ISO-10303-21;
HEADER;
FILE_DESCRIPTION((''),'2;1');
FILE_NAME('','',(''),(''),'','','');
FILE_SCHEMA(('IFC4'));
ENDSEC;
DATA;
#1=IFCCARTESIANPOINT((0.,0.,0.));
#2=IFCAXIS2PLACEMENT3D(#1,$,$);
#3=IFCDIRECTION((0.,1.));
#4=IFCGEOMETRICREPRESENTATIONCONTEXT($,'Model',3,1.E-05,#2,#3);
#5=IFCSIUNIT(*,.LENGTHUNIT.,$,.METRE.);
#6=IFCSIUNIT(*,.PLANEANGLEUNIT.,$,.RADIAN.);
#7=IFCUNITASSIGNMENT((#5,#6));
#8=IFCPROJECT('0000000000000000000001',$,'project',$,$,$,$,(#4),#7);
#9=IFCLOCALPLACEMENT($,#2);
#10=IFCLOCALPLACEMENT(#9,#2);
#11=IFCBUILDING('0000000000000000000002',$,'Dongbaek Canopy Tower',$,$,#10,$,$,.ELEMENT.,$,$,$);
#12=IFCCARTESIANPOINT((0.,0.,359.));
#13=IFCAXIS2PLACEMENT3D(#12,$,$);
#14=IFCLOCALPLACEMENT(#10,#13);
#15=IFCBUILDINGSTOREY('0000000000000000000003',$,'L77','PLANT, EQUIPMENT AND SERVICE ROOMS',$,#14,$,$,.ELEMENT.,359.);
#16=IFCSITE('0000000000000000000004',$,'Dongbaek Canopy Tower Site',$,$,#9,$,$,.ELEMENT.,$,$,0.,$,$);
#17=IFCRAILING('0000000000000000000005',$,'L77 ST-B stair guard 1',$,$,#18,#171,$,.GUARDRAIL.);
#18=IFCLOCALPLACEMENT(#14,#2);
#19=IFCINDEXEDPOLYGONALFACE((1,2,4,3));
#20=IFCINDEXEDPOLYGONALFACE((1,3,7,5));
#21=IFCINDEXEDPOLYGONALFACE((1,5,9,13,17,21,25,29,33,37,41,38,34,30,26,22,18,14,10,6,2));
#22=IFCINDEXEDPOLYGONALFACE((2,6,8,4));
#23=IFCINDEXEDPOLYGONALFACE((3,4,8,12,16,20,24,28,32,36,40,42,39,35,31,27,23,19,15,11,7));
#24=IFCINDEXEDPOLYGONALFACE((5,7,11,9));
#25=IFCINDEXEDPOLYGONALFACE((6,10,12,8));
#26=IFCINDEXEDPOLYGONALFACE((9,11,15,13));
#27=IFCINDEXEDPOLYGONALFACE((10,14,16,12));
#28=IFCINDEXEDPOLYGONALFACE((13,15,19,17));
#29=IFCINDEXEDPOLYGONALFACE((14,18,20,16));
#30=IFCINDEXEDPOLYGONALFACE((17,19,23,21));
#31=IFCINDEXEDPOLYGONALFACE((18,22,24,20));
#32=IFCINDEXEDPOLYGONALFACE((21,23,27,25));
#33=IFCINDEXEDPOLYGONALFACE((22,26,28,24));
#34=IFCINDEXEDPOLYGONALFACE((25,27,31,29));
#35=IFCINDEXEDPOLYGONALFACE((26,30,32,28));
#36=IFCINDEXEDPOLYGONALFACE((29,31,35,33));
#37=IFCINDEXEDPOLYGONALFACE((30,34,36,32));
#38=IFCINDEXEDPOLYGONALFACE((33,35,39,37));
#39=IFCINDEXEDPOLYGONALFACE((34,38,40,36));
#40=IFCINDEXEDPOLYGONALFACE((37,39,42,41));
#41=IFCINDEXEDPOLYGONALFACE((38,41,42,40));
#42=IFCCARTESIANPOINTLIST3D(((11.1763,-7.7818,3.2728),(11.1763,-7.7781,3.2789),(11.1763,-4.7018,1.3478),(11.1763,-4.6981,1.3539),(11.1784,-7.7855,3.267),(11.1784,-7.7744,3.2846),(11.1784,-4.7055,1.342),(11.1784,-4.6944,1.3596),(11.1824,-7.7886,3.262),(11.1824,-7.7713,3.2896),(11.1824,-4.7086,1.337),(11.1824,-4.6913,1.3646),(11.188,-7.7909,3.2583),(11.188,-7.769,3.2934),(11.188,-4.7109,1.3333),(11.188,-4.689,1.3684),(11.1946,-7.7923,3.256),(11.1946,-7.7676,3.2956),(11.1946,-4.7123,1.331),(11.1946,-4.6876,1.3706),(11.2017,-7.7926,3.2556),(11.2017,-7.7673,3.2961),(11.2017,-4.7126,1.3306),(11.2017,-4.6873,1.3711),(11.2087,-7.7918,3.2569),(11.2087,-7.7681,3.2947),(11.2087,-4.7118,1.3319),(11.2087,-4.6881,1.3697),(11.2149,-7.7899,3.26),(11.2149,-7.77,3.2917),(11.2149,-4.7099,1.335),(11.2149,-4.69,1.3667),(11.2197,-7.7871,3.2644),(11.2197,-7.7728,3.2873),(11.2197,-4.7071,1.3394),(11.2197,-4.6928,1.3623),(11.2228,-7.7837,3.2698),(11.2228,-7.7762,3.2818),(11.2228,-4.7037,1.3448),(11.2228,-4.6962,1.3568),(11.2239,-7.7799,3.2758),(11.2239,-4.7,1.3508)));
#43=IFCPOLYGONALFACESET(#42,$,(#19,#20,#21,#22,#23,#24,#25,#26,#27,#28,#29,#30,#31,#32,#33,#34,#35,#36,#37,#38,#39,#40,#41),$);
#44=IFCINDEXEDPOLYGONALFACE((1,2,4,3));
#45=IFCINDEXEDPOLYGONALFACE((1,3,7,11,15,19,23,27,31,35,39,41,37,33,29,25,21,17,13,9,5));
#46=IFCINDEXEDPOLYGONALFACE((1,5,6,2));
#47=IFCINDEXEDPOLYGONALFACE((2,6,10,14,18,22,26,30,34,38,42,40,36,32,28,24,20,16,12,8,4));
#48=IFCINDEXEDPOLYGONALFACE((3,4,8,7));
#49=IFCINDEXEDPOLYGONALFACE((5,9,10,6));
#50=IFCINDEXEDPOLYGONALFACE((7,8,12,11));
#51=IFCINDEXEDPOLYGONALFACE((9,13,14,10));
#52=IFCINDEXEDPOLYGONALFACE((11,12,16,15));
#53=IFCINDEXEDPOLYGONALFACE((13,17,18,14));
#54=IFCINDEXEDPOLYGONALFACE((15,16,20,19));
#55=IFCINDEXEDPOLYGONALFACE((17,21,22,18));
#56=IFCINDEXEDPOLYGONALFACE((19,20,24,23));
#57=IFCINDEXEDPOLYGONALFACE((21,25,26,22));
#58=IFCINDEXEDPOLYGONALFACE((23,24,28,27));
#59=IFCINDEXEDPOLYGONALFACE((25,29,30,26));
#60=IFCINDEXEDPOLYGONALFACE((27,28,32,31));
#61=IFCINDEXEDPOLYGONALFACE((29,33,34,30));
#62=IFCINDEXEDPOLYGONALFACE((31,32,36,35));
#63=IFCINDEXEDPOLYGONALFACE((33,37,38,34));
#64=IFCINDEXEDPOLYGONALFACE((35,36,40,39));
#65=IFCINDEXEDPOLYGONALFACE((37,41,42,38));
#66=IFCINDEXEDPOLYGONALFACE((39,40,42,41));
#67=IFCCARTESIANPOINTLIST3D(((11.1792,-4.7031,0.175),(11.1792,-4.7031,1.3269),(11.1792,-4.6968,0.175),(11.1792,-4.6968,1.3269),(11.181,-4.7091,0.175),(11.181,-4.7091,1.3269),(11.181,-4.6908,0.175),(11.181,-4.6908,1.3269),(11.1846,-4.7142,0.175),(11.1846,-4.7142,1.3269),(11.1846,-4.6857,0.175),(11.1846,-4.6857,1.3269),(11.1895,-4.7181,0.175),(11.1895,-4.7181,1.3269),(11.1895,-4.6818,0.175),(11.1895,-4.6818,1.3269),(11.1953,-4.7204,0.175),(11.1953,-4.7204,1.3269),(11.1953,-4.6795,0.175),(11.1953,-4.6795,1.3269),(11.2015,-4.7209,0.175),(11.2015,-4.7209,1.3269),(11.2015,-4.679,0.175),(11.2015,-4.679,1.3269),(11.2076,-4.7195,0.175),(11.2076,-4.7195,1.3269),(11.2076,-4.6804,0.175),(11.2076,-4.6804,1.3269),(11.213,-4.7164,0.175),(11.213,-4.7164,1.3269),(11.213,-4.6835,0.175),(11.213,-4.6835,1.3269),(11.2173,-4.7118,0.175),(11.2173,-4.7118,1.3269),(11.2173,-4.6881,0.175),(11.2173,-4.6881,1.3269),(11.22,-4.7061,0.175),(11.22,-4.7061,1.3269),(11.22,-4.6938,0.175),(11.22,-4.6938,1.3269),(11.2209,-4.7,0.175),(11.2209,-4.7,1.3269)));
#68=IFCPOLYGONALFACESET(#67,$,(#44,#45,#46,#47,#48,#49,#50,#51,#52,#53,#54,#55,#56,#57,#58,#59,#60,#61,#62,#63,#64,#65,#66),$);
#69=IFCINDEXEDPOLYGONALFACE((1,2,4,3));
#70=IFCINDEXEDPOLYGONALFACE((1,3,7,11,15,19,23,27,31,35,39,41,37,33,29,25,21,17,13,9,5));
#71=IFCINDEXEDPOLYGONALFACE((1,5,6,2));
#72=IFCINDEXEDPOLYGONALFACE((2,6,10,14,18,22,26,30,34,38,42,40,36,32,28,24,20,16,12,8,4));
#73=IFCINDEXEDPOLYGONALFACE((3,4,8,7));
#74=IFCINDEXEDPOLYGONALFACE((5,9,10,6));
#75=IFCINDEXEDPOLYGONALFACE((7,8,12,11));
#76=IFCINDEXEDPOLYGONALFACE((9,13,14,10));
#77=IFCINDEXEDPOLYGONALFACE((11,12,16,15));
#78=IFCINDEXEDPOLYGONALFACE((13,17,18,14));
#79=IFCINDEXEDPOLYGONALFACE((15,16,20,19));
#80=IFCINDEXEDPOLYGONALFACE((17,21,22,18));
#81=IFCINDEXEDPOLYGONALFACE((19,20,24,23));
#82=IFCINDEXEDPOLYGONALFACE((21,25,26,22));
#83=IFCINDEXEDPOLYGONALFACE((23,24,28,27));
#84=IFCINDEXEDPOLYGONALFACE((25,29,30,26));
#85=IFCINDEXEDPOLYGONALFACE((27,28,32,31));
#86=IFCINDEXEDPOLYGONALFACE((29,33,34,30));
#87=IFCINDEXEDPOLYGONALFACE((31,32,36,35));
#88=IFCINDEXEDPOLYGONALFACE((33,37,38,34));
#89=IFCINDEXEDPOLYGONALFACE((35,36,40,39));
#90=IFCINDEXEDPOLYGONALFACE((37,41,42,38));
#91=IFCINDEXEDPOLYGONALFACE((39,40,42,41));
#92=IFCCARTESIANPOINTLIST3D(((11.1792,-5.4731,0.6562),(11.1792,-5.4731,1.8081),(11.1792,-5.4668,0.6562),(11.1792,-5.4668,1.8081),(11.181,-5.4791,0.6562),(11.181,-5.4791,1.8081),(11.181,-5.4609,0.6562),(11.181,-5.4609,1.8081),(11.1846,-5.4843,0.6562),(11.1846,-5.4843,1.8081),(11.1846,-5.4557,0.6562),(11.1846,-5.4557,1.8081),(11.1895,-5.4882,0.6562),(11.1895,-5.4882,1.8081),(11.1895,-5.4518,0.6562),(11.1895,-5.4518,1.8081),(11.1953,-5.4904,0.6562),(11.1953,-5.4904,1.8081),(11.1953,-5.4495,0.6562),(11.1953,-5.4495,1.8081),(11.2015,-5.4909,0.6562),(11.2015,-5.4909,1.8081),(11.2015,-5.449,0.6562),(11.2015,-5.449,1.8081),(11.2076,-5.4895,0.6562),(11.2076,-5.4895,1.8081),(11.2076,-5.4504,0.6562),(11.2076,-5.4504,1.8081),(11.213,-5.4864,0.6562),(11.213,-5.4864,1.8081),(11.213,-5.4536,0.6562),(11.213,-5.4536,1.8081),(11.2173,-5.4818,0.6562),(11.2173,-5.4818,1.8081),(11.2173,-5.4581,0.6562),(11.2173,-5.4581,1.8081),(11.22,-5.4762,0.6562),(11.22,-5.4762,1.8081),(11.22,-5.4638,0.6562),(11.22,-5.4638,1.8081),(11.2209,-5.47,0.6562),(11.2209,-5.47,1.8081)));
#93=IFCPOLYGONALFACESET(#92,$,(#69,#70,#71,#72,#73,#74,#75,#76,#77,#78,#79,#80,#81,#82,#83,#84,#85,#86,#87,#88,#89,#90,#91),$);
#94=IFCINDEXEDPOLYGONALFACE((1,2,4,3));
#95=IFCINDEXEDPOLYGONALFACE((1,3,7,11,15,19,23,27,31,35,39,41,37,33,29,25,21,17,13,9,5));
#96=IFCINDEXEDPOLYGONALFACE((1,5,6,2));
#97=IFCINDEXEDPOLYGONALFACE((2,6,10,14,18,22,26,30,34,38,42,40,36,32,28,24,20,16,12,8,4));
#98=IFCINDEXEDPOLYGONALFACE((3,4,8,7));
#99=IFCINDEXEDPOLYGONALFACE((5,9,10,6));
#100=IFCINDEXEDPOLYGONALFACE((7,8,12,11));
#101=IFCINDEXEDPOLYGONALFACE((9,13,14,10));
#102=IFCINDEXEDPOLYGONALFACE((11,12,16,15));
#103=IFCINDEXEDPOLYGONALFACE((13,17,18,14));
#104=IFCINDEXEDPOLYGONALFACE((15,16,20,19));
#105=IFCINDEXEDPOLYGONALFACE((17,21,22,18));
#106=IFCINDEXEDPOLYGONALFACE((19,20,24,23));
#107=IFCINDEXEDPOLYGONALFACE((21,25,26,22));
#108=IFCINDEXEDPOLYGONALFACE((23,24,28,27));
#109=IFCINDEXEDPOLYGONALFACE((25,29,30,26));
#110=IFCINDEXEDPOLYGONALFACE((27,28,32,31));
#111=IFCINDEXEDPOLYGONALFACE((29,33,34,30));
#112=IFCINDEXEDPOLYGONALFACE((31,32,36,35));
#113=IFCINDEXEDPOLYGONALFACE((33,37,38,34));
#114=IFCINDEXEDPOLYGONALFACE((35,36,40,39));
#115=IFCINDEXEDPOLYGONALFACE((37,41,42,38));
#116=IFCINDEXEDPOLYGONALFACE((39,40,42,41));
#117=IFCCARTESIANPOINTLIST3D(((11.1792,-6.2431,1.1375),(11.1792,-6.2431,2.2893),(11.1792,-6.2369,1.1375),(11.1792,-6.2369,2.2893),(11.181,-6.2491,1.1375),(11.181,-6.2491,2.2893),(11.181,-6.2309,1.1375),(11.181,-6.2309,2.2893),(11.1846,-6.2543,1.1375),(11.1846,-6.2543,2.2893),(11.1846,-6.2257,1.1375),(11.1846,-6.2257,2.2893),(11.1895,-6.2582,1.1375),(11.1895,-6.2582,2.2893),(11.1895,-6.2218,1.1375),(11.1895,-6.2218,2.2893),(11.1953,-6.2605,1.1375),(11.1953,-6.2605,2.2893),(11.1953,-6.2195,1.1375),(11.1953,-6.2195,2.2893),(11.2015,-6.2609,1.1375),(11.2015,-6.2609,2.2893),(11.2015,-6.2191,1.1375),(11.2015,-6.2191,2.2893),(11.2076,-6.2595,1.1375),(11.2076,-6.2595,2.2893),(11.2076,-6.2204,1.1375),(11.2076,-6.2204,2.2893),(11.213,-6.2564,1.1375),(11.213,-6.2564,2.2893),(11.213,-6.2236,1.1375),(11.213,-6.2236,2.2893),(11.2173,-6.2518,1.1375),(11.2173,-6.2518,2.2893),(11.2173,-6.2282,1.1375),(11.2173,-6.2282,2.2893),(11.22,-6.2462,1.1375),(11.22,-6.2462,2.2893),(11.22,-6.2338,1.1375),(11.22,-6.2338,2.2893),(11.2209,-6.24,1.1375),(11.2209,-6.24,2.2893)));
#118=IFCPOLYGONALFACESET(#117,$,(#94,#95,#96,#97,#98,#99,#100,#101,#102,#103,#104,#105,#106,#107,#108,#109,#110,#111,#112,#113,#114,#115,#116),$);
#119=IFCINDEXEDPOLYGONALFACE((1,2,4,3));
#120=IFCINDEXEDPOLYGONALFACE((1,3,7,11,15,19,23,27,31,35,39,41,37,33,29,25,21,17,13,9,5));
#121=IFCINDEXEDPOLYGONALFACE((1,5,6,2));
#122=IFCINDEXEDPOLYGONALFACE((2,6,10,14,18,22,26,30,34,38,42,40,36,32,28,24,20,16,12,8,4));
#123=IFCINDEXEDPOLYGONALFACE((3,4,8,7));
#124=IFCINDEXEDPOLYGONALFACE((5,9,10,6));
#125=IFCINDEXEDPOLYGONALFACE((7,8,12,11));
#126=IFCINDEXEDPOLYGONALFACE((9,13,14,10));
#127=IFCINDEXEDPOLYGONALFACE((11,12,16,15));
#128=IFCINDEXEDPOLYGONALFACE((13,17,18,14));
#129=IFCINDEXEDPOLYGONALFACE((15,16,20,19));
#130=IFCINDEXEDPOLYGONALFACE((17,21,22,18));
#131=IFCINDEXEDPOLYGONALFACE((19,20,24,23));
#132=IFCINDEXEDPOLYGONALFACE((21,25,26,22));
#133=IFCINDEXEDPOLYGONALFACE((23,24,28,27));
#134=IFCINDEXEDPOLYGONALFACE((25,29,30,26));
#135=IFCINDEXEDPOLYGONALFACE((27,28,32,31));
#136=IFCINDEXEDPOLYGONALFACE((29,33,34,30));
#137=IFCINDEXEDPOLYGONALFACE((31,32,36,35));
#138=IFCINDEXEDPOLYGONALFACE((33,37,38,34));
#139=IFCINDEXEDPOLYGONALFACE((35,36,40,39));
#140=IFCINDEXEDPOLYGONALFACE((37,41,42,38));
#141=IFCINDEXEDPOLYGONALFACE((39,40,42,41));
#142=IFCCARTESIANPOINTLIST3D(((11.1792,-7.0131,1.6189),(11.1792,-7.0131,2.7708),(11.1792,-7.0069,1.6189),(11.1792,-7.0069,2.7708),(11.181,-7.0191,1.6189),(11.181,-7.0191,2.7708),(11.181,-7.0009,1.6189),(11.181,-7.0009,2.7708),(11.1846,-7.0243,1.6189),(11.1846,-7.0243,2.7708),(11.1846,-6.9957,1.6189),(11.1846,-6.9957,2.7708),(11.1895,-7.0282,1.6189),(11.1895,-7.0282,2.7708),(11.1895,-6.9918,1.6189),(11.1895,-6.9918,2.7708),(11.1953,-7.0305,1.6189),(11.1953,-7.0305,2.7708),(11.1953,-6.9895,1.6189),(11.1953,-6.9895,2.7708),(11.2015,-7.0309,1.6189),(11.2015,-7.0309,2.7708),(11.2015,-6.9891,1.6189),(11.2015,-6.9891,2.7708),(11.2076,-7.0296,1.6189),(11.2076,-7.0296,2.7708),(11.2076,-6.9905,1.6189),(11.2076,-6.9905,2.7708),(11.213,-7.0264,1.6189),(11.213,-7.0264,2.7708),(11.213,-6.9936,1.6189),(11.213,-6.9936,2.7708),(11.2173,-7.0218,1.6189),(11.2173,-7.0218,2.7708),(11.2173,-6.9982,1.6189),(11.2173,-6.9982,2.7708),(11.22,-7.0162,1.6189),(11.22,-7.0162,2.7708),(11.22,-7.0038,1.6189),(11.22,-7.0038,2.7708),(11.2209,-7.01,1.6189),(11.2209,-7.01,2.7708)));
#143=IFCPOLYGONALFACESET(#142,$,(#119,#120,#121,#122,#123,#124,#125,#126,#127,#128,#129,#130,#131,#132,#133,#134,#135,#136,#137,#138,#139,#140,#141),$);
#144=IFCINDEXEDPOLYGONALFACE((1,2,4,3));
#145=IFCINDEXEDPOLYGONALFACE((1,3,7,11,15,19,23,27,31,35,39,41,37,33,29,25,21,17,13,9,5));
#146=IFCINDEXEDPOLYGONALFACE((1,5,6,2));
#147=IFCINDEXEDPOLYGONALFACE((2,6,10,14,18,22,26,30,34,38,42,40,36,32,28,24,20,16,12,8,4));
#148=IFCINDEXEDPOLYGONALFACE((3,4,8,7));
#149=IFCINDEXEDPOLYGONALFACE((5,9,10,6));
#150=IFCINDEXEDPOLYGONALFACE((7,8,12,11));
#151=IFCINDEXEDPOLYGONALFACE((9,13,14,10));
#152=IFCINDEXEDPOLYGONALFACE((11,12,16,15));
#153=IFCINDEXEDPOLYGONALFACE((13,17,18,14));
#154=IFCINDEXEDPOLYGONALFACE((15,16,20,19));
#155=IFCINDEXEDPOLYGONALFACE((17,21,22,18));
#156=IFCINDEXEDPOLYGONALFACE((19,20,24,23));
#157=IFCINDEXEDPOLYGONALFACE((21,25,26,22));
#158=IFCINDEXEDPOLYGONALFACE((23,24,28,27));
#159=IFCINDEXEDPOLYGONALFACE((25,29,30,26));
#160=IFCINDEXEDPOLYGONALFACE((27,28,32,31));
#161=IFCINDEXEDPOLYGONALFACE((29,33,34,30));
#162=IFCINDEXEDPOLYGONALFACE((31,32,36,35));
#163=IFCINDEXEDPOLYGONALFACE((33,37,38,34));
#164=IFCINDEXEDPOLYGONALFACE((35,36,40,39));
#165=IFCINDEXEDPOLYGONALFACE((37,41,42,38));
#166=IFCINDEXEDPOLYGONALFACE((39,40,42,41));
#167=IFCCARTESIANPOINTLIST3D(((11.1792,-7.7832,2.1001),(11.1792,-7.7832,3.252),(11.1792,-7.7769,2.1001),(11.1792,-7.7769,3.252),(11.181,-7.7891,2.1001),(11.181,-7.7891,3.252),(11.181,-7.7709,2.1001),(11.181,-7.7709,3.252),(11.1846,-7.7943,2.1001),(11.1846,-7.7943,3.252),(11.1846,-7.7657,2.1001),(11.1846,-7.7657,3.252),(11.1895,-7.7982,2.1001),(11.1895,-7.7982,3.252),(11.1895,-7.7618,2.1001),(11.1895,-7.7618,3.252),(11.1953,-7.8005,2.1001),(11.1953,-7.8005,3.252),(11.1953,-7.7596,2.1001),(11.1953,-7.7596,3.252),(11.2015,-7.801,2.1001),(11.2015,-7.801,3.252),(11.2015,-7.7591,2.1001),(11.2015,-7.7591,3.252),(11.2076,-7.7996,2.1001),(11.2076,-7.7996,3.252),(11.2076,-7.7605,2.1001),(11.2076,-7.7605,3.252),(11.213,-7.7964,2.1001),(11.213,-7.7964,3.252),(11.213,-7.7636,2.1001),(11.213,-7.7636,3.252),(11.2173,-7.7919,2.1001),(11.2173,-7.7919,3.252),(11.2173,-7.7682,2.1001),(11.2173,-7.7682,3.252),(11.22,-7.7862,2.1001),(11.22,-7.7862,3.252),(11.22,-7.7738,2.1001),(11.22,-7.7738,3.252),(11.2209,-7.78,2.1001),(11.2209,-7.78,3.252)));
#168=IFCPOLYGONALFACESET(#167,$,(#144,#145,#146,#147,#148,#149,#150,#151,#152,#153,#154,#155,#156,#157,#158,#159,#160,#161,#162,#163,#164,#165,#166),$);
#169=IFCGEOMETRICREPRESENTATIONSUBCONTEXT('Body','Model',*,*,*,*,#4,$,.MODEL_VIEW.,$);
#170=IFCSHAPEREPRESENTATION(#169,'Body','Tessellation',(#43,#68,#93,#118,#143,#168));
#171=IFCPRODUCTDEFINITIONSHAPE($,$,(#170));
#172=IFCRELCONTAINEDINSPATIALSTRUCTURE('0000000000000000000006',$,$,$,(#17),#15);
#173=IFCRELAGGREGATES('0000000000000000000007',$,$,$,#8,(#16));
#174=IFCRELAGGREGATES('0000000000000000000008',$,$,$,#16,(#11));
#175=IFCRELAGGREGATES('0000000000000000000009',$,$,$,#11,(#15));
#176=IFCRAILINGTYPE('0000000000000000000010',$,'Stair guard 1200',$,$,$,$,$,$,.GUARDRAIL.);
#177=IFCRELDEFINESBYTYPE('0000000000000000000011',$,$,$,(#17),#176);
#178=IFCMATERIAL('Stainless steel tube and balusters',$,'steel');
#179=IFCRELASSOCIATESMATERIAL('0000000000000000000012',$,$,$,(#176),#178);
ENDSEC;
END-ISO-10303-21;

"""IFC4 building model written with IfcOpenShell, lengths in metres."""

from ifc_helpers import new_model, si_unit, direction, frame, origin, origin_2d, place, context, subcontext, project, spatial, circle, extrude, material, type_object, element, save


model = new_model("IFC4")

# Units and contexts
model_context = context("Model", 3, precision=1e-05, world=origin(), true_north=direction((0.0, 1.0)))
body_context = subcontext(model_context, "Body", "Model", "MODEL_VIEW")
ifc_project = project(units=[si_unit("LENGTHUNIT", "METRE"), si_unit("PLANEANGLEUNIT", "RADIAN")], contexts=[model_context])

# Site, building, storey
site_placement = place(None, origin())
site = spatial("IfcSite", under=ifc_project, at=site_placement, Name="Dongbaek Canopy Tower Site", CompositionType="ELEMENT", RefElevation=0.0)
building_placement = place(site_placement, origin())
building = spatial("IfcBuilding", under=site, at=building_placement, Name="Dongbaek Canopy Tower", CompositionType="ELEMENT")
storey_placement = place(building_placement, frame((0.0, 0.0, 359.0)))
storey = spatial("IfcBuildingStorey", under=building, at=storey_placement, Name="L77", Description="PLANT, EQUIPMENT AND SERVICE ROOMS", CompositionType="ELEMENT", Elevation=359.0)

# Railing
ifc_material_1 = material(Name="Stainless steel tube and balusters", Category="steel")
railing_type_1 = type_object("IfcRailingType", Name="Stair guard 1200", PredefinedType="GUARDRAIL", material=ifc_material_1)
railing_1_placement = place(storey_placement, frame((11.2, -4.7, 0.175)))
element("IfcRailing", 1, at=railing_1_placement, inside=storey, type_object=railing_type_1, Name="L77 ST-B stair guard 1", PredefinedType="GUARDRAIL", context=body_context, shape_type="SweptSolid", body=[
    extrude(circle(Radius=0.0239, at=origin_2d()), frame((0.0, 0.0, 1.1758), z_axis=(0.0, -0.847998, 0.529999), x_axis=(1.0, 0.0, 0.0)), (0.0, 0.0, 1.0), 3.6321),
    extrude(circle(Radius=0.021, at=origin_2d()), origin(), (0.0, 0.0, 1.0), 1.1519),
    extrude(circle(Radius=0.021, at=origin_2d()), frame((0.0, -0.77, 0.4812)), (0.0, 0.0, 1.0), 1.1519),
    extrude(circle(Radius=0.021, at=origin_2d()), frame((0.0, -1.54, 0.9624)), (0.0, 0.0, 1.0), 1.1519),
    extrude(circle(Radius=0.021, at=origin_2d()), frame((0.0, -2.3101, 1.4438)), (0.0, 0.0, 1.0), 1.1519),
    extrude(circle(Radius=0.021, at=origin_2d()), frame((0.0, -3.0801, 1.925)), (0.0, 0.0, 1.0), 1.1519),
])

save(model, "model.ifc")
